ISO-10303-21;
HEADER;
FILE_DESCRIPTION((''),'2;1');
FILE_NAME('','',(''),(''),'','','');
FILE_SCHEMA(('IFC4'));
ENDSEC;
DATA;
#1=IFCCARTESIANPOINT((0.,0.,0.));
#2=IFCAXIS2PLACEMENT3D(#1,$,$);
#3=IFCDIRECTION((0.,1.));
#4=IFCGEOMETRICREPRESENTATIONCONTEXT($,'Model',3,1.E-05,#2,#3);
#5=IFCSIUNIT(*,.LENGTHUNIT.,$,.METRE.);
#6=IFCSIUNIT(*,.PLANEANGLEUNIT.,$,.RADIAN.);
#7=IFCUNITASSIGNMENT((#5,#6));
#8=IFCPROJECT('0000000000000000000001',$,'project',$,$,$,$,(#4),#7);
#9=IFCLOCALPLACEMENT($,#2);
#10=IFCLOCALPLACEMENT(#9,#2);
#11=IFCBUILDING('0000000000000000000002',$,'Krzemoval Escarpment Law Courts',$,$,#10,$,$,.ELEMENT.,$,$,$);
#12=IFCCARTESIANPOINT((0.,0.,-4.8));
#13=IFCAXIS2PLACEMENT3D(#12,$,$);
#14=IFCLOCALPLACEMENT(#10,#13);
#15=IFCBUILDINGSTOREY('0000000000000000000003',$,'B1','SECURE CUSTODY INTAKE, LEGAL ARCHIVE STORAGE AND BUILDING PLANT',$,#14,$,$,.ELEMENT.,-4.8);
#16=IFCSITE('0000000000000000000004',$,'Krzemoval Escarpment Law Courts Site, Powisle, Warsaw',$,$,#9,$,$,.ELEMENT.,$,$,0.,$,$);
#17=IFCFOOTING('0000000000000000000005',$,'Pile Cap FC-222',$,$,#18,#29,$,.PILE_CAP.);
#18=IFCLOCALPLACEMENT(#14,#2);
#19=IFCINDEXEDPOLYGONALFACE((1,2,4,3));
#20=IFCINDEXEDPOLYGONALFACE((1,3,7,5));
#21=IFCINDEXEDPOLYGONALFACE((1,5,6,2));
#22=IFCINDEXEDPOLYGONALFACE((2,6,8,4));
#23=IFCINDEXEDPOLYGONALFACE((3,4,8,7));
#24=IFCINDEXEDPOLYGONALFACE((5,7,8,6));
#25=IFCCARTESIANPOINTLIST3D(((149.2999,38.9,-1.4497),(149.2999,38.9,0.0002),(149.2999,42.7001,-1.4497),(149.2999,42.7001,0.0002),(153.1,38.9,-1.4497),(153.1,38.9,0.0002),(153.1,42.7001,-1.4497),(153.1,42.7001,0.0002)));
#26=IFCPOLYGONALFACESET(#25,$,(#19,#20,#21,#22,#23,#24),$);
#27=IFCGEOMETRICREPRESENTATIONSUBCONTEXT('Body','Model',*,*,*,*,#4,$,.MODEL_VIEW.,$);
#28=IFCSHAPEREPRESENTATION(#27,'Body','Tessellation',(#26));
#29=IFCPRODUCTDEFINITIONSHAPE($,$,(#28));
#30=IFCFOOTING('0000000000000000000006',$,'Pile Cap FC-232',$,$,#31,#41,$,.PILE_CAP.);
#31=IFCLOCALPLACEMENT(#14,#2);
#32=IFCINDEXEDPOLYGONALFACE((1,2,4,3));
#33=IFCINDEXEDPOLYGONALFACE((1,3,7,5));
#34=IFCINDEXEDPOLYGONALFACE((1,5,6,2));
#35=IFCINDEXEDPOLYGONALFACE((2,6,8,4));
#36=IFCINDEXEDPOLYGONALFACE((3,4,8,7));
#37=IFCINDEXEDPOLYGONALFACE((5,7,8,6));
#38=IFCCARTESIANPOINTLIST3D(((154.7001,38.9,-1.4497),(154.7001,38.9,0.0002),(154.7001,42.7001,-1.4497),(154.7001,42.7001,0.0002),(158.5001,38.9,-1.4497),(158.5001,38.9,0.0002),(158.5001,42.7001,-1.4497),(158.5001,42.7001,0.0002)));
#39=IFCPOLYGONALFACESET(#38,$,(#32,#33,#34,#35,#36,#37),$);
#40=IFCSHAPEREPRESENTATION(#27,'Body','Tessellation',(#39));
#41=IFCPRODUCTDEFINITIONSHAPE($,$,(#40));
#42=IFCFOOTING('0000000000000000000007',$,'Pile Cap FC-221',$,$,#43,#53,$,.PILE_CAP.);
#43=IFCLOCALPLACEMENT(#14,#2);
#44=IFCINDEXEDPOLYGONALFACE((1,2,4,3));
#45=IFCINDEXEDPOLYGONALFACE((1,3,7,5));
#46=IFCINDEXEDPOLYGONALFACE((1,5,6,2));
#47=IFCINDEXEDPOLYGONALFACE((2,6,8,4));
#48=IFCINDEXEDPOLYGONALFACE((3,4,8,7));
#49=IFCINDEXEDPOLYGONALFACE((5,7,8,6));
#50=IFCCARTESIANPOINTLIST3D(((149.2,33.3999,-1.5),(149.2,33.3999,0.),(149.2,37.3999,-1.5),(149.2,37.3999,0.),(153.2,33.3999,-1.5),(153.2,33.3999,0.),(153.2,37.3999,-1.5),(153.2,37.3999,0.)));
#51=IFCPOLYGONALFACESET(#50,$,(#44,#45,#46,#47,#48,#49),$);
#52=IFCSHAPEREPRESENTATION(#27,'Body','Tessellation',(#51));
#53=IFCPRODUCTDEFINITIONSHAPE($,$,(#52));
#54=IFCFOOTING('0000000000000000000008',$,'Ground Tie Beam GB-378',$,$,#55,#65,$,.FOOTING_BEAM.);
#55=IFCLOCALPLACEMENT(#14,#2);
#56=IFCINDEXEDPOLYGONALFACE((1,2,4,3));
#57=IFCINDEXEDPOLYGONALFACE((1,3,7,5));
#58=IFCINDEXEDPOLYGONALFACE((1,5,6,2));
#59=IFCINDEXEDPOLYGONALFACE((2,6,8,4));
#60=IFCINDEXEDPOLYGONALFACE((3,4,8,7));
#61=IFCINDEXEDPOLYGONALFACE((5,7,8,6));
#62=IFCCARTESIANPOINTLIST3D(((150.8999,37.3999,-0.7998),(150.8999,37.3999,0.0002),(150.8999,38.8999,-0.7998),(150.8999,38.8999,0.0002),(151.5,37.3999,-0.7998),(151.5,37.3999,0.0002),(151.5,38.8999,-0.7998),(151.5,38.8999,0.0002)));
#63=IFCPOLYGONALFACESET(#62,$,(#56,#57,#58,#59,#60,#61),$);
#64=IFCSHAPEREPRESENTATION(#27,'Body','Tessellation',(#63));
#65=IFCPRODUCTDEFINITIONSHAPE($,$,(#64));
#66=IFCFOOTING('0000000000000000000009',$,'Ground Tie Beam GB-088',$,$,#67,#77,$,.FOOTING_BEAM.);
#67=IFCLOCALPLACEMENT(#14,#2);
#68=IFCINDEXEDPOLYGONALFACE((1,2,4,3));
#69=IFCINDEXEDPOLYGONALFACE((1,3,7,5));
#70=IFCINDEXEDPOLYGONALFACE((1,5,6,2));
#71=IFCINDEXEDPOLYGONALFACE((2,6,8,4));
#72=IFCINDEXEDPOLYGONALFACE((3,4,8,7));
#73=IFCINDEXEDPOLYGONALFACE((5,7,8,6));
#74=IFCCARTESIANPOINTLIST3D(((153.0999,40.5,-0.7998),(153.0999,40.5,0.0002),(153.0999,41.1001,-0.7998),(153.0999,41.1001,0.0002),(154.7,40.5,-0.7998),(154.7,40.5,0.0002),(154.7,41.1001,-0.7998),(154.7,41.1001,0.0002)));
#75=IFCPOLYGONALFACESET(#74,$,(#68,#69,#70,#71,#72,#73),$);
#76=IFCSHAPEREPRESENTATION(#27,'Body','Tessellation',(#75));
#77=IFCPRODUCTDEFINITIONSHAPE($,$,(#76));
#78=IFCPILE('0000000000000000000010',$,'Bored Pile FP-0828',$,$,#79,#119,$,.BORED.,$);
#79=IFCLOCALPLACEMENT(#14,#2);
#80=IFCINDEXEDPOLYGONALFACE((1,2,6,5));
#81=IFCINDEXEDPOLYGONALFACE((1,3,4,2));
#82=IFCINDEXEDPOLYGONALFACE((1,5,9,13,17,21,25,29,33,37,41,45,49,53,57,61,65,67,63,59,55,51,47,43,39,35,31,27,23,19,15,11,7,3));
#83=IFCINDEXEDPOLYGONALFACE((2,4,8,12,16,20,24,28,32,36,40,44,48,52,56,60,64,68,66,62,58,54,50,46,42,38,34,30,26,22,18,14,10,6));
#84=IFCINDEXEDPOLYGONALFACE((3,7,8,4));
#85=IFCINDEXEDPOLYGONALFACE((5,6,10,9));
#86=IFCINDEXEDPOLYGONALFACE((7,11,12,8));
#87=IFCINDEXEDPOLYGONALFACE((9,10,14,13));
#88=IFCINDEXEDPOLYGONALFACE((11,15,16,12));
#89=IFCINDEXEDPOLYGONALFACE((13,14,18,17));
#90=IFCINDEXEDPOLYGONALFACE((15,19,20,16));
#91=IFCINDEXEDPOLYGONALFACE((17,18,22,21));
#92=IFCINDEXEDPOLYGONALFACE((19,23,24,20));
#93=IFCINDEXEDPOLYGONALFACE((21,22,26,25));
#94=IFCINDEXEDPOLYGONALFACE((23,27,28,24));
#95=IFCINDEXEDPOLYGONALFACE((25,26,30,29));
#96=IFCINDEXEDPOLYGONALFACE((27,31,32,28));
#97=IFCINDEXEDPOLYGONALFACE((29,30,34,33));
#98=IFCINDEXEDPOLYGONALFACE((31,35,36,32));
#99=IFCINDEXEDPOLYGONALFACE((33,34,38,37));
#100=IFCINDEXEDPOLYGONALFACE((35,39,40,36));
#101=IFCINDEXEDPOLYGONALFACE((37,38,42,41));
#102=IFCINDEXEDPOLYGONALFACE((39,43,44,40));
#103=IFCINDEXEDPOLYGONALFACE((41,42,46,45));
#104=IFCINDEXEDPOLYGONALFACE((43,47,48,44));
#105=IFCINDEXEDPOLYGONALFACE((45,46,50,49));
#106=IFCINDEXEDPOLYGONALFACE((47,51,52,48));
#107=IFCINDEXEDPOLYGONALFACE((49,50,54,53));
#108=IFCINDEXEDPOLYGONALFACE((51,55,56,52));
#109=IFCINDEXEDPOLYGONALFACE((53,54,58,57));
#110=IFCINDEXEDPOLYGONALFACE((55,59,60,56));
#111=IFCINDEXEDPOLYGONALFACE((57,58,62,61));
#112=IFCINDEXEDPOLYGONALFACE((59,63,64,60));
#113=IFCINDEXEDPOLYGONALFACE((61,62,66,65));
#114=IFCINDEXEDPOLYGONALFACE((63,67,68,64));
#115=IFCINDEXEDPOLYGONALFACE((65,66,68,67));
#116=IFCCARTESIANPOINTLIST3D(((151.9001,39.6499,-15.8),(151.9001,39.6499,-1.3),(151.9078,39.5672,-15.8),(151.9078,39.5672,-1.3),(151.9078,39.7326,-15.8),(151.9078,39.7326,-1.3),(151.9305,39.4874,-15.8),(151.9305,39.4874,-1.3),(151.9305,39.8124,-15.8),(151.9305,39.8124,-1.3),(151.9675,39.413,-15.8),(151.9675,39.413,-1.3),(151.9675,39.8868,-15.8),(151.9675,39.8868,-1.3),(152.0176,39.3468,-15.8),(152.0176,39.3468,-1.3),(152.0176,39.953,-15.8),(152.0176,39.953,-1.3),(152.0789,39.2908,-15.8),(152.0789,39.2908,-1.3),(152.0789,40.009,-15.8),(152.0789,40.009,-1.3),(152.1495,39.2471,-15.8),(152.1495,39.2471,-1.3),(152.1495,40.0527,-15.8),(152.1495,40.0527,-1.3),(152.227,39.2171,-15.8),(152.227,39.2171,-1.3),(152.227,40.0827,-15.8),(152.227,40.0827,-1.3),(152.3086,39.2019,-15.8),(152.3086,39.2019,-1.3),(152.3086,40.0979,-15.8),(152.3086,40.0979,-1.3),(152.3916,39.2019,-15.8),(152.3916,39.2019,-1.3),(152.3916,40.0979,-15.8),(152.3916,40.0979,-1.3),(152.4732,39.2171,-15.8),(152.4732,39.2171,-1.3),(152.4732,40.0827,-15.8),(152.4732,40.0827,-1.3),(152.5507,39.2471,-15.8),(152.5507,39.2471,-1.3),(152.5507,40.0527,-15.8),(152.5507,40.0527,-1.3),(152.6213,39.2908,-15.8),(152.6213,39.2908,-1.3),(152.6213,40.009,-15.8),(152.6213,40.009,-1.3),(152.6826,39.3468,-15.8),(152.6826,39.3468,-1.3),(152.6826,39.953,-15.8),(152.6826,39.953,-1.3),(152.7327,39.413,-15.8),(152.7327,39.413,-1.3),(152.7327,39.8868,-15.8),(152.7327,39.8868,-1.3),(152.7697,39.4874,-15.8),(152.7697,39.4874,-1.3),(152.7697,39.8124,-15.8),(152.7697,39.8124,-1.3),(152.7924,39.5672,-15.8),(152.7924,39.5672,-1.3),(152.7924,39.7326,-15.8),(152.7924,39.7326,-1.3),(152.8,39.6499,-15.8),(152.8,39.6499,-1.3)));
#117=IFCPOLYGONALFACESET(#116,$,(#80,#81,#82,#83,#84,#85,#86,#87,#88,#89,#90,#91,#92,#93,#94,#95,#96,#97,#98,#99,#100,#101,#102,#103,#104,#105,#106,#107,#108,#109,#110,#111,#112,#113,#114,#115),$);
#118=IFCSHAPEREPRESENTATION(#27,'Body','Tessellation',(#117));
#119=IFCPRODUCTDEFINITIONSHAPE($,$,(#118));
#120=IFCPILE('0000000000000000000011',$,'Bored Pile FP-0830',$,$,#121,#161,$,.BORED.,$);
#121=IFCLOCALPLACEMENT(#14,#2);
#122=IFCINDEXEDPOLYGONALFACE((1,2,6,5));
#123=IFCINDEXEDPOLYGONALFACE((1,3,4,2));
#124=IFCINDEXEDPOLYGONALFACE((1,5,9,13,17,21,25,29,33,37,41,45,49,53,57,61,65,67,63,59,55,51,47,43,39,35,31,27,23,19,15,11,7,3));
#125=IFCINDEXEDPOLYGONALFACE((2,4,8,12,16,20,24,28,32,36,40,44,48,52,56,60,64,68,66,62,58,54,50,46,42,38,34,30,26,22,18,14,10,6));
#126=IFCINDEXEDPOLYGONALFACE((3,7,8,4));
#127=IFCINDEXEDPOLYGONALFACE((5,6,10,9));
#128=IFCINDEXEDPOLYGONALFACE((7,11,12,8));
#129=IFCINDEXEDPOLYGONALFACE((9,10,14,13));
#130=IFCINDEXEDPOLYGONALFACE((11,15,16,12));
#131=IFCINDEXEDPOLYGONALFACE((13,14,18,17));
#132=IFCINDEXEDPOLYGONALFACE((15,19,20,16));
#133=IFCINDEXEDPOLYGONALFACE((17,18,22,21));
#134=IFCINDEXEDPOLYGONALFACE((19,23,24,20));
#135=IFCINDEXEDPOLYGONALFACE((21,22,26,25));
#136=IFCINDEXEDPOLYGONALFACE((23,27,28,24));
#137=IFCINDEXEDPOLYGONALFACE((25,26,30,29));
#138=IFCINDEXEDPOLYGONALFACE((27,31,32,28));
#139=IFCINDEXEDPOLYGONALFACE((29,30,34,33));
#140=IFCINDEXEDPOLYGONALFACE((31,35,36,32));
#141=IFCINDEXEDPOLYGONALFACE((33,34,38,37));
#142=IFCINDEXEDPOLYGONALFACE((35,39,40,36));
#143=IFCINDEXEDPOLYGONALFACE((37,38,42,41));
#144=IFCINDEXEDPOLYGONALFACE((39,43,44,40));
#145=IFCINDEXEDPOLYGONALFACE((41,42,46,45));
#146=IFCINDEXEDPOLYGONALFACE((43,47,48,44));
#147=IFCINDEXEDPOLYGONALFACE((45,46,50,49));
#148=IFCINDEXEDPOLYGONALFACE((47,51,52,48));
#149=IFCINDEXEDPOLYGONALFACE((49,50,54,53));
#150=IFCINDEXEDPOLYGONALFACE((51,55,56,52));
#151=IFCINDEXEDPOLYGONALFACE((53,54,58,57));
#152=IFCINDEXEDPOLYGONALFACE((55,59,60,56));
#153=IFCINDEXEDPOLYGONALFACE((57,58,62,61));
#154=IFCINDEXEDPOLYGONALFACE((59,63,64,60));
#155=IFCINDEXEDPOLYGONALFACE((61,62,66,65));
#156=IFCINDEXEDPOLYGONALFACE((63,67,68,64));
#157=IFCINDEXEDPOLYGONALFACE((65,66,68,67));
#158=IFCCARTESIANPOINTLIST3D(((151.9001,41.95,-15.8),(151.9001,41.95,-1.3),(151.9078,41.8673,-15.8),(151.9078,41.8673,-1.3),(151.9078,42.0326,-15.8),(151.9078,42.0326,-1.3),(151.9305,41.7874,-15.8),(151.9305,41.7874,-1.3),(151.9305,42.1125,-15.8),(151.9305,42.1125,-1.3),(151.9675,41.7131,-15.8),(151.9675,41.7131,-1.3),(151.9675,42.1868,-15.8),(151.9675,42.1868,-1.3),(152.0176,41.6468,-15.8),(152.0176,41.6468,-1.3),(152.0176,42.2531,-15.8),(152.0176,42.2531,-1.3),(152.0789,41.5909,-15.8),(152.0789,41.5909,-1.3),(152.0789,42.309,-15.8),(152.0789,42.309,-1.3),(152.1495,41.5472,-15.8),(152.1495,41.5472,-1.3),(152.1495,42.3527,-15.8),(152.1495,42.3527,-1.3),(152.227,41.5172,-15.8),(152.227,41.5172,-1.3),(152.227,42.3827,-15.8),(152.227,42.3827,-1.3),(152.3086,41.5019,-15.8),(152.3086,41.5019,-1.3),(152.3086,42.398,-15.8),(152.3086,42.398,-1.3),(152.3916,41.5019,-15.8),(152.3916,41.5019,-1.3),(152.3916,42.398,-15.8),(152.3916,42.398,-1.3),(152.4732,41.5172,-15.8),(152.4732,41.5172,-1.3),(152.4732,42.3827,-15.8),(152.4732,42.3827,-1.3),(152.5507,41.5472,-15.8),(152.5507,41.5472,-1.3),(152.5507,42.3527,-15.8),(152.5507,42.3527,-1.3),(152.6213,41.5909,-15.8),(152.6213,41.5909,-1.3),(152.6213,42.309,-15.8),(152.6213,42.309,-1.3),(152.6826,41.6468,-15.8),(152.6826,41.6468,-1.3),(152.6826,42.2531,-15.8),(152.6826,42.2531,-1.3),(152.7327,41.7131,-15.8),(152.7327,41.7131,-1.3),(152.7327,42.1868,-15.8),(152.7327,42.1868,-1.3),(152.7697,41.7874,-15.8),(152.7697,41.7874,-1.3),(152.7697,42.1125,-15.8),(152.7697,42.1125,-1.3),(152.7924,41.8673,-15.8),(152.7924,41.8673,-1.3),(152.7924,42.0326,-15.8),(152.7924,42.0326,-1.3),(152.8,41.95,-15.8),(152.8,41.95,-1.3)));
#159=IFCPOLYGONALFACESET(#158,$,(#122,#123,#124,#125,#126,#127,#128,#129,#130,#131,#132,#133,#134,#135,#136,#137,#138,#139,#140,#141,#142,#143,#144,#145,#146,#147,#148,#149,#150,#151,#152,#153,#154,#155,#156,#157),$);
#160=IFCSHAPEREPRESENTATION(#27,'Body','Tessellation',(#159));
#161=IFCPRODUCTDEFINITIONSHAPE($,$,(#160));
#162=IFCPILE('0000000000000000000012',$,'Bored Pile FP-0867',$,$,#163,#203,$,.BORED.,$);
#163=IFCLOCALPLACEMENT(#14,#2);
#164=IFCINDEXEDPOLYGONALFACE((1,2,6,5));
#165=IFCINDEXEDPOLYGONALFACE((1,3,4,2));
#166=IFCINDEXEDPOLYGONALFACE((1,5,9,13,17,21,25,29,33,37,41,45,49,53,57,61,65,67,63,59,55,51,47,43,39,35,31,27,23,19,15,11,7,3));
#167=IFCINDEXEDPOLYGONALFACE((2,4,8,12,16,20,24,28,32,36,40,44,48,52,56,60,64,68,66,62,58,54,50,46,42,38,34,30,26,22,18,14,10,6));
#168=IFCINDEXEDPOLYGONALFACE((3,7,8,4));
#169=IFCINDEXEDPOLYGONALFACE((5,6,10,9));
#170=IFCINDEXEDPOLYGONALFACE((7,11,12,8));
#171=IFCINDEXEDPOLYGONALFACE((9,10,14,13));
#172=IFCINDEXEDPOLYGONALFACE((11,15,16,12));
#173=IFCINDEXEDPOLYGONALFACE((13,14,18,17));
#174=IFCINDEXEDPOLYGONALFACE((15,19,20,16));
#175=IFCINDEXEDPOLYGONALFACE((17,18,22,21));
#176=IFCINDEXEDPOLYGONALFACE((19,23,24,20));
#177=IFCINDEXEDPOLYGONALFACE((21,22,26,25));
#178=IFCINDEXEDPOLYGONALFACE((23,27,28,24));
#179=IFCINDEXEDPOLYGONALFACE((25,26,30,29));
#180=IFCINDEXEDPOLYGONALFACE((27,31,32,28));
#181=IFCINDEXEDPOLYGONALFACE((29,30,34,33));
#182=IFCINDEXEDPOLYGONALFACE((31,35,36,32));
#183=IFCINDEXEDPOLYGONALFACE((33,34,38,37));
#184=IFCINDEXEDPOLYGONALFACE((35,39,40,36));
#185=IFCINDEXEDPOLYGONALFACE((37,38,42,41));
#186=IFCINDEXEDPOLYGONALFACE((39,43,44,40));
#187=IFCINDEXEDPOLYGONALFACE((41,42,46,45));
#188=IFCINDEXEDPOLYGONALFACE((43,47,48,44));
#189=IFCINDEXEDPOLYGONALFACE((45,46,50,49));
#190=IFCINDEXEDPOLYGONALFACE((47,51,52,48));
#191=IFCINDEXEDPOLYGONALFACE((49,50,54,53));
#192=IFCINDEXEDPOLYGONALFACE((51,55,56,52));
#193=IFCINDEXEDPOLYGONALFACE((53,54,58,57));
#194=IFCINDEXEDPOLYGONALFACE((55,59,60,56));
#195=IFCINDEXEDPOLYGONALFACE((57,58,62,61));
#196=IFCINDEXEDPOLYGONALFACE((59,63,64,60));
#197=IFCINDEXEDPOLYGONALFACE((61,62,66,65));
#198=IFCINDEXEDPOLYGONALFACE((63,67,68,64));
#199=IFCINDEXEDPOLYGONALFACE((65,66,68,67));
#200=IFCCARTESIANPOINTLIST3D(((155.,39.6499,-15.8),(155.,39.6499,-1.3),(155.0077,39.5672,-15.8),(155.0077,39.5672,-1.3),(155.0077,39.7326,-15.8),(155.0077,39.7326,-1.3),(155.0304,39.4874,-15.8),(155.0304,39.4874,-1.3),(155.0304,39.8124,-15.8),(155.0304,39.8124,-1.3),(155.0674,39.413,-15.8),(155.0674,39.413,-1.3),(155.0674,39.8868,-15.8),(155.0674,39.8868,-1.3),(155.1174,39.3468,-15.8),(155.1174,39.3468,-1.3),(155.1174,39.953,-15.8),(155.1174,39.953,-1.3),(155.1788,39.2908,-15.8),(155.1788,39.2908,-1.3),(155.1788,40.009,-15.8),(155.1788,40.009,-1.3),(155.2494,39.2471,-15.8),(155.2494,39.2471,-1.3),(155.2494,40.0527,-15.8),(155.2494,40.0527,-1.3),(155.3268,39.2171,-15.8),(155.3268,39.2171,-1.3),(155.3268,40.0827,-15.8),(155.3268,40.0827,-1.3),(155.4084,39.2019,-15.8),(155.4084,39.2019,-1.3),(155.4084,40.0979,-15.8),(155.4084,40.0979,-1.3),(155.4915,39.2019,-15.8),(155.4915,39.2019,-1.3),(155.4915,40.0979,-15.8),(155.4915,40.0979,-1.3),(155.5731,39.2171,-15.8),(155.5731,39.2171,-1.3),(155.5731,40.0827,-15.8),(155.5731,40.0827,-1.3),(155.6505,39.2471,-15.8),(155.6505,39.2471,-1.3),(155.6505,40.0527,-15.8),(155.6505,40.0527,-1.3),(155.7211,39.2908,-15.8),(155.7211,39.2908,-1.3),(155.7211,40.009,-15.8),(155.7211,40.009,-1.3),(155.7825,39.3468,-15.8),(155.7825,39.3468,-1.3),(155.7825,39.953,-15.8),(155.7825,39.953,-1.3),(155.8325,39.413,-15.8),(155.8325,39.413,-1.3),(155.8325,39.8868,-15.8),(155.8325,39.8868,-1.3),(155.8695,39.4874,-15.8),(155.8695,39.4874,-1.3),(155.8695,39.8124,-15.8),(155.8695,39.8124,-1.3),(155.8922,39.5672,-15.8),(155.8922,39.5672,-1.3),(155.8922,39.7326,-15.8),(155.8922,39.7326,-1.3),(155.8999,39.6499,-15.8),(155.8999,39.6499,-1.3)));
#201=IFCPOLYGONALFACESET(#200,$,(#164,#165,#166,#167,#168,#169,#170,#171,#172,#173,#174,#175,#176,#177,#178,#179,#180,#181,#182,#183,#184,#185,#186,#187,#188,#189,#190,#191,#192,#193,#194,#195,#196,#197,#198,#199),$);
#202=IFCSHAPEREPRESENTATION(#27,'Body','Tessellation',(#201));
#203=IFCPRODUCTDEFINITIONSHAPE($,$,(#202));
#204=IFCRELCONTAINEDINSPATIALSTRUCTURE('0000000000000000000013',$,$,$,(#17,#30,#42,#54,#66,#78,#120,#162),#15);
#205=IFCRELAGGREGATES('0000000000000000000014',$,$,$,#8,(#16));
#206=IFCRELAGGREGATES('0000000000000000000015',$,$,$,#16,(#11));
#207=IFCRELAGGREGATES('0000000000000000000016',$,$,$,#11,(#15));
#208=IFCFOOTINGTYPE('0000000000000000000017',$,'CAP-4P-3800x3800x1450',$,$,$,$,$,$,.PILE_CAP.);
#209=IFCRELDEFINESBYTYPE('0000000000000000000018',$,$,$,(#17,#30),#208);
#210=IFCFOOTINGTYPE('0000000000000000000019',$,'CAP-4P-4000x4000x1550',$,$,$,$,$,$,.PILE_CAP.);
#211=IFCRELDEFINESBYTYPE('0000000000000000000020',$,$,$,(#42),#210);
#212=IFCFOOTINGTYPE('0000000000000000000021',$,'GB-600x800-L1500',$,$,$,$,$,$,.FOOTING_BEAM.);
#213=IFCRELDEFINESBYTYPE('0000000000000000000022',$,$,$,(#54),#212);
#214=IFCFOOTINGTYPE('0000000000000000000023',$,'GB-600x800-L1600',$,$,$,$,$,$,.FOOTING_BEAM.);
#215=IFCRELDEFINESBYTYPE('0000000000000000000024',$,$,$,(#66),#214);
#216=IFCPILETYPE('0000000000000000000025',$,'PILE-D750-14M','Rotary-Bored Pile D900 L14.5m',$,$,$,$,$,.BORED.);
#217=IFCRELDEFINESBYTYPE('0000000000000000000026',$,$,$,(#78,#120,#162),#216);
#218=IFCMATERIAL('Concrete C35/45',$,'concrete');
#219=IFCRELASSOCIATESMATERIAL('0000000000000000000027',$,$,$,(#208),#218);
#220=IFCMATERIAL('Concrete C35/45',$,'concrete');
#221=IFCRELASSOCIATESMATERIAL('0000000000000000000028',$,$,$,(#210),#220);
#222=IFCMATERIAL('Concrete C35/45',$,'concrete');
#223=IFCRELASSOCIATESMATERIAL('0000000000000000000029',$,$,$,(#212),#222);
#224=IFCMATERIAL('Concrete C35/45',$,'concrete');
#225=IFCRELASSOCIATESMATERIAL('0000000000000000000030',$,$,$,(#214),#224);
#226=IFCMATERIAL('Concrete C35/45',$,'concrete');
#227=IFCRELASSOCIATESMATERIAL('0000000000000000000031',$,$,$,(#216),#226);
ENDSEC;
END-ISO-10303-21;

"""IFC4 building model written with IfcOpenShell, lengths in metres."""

from ifc_helpers import new_model, si_unit, direction, frame, origin, origin_2d, place, context, subcontext, project, spatial, rectangle, circle, extrude, material, material_profile, profile_set, type_object, element, save


model = new_model("IFC4")

# Units and contexts
model_context = context("Model", 3, precision=1e-05, world=origin(), true_north=direction((0.0, 1.0)))
body_context = subcontext(model_context, "Body", "Model", "MODEL_VIEW")
ifc_project = project(units=[si_unit("LENGTHUNIT", "METRE"), si_unit("PLANEANGLEUNIT", "RADIAN")], contexts=[model_context])

# Site, building, storey
site_placement = place(None, origin())
site = spatial("IfcSite", under=ifc_project, at=site_placement, Name="Krzemoval Escarpment Law Courts Site, Powisle, Warsaw", CompositionType="ELEMENT", RefElevation=0.0)
building_placement = place(site_placement, origin())
building = spatial("IfcBuilding", under=site, at=building_placement, Name="Krzemoval Escarpment Law Courts", CompositionType="ELEMENT")
storey_placement = place(building_placement, frame((0.0, 0.0, -4.8)))
storey = spatial("IfcBuildingStorey", under=building, at=storey_placement, Name="B1", Description="SECURE CUSTODY INTAKE, LEGAL ARCHIVE STORAGE AND BUILDING PLANT", CompositionType="ELEMENT", Elevation=-4.8)

# Footings
ifc_material_1 = material(Name="Concrete C35/45", Category="concrete")
footing_type_1 = type_object("IfcFootingType", Name="CAP-4P-3800x3800x1450", PredefinedType="PILE_CAP", material=ifc_material_1)
for number, where, z_axis, x_axis, name in (
    (1, (151.2, 40.8, -1.4497), (0.0, 0.0, 1.0), (1.0, 0.0, 0.0), "Pile Cap FC-222"),
    (2, (156.6001, 40.8, -1.4497), (0.0, 0.0, 1.0), (1.0, 0.0, 0.0), "Pile Cap FC-232"),
):
    element("IfcFooting", number, at=place(storey_placement, frame(where, z_axis=z_axis, x_axis=x_axis)), inside=storey, type_object=footing_type_1, Name=name, PredefinedType="PILE_CAP", context=body_context, shape_type="SweptSolid", body=[
        extrude(rectangle(XDim=3.8, YDim=3.8, at=origin_2d()), origin(), (0.0, 0.0, 1.0), 1.45),
    ])
ifc_material_2 = material(Name="Concrete C35/45", Category="concrete")
footing_type_2 = type_object("IfcFootingType", Name="CAP-4P-4000x4000x1550", PredefinedType="PILE_CAP", material=ifc_material_2)
footing_1_placement = place(storey_placement, frame((151.2, 35.3999, -1.5), z_axis=(0.0, 0.0, 1.0), x_axis=(1.0, 0.0, 0.0)))
element("IfcFooting", 3, at=footing_1_placement, inside=storey, type_object=footing_type_2, Name="Pile Cap FC-221", PredefinedType="PILE_CAP", context=body_context, shape_type="SweptSolid", body=[
    extrude(rectangle(XDim=4.0, YDim=4.0, at=origin_2d()), origin(), (0.0, 0.0, 1.0), 1.5),
])
ifc_material_3 = material(Name="Concrete C35/45", Category="concrete")
footing_type_3 = type_object("IfcFootingType", Name="GB-600x800-L1500", PredefinedType="FOOTING_BEAM", material=ifc_material_3)
footing_2_placement = place(storey_placement, frame((151.2, 38.1499, -0.7998), z_axis=(0.0, 0.0, 1.0), x_axis=(0.0, 1.0, 0.0)))
element("IfcFooting", 4, at=footing_2_placement, inside=storey, type_object=footing_type_3, Name="Ground Tie Beam GB-378", PredefinedType="FOOTING_BEAM", context=body_context, shape_type="SweptSolid", body=[
    extrude(rectangle(XDim=1.5, YDim=0.6001, at=origin_2d()), origin(), (0.0, 0.0, 1.0), 0.8),
])
ifc_material_4 = material(Name="Concrete C35/45", Category="concrete")
footing_type_4 = type_object("IfcFootingType", Name="GB-600x800-L1600", PredefinedType="FOOTING_BEAM", material=ifc_material_4)
footing_3_placement = place(storey_placement, frame((153.8999, 40.8, -0.7998), z_axis=(0.0, 0.0, 1.0), x_axis=(1.0, 0.0, 0.0)))
element("IfcFooting", 5, at=footing_3_placement, inside=storey, type_object=footing_type_4, Name="Ground Tie Beam GB-088", PredefinedType="FOOTING_BEAM", context=body_context, shape_type="SweptSolid", body=[
    extrude(rectangle(XDim=1.6001, YDim=0.6001, at=origin_2d()), origin(), (0.0, 0.0, 1.0), 0.8),
])

# Piles
ifc_material_5 = material(Name="Concrete C35/45", Category="concrete")
ifc_material_profile_1 = material_profile(ifc_material_5, circle(Radius=0.45, at=origin_2d()), Name="PILE D900")
ifc_profile_set_1 = profile_set([ifc_material_profile_1], Name="Concrete C35/45")
pile_type_1 = type_object("IfcPileType", Name="PILE-D750-14M", Description="Rotary-Bored Pile D900 L14.5m", PredefinedType="BORED", material=ifc_profile_set_1)
for number, where, z_axis, x_axis, name in (
    (6, (152.3501, 39.6499, -1.3), (0.0, 0.0, -1.0), (1.0, 0.0, 0.0), "Bored Pile FP-0828"),
    (7, (152.3501, 41.95, -1.3), (0.0, 0.0, -1.0), (1.0, 0.0, 0.0), "Bored Pile FP-0830"),
    (8, (155.45, 39.6499, -1.3), (0.0, 0.0, -1.0), (1.0, 0.0, 0.0), "Bored Pile FP-0867"),
):
    element("IfcPile", number, at=place(storey_placement, frame(where, z_axis=z_axis, x_axis=x_axis)), inside=storey, type_object=pile_type_1, Name=name, PredefinedType="BORED", context=body_context, shape_type="SweptSolid", body=[
        extrude(circle(Radius=0.45, at=origin_2d()), origin(), (0.0, 0.0, 1.0), 14.5),
    ])

save(model, "model.ifc")
